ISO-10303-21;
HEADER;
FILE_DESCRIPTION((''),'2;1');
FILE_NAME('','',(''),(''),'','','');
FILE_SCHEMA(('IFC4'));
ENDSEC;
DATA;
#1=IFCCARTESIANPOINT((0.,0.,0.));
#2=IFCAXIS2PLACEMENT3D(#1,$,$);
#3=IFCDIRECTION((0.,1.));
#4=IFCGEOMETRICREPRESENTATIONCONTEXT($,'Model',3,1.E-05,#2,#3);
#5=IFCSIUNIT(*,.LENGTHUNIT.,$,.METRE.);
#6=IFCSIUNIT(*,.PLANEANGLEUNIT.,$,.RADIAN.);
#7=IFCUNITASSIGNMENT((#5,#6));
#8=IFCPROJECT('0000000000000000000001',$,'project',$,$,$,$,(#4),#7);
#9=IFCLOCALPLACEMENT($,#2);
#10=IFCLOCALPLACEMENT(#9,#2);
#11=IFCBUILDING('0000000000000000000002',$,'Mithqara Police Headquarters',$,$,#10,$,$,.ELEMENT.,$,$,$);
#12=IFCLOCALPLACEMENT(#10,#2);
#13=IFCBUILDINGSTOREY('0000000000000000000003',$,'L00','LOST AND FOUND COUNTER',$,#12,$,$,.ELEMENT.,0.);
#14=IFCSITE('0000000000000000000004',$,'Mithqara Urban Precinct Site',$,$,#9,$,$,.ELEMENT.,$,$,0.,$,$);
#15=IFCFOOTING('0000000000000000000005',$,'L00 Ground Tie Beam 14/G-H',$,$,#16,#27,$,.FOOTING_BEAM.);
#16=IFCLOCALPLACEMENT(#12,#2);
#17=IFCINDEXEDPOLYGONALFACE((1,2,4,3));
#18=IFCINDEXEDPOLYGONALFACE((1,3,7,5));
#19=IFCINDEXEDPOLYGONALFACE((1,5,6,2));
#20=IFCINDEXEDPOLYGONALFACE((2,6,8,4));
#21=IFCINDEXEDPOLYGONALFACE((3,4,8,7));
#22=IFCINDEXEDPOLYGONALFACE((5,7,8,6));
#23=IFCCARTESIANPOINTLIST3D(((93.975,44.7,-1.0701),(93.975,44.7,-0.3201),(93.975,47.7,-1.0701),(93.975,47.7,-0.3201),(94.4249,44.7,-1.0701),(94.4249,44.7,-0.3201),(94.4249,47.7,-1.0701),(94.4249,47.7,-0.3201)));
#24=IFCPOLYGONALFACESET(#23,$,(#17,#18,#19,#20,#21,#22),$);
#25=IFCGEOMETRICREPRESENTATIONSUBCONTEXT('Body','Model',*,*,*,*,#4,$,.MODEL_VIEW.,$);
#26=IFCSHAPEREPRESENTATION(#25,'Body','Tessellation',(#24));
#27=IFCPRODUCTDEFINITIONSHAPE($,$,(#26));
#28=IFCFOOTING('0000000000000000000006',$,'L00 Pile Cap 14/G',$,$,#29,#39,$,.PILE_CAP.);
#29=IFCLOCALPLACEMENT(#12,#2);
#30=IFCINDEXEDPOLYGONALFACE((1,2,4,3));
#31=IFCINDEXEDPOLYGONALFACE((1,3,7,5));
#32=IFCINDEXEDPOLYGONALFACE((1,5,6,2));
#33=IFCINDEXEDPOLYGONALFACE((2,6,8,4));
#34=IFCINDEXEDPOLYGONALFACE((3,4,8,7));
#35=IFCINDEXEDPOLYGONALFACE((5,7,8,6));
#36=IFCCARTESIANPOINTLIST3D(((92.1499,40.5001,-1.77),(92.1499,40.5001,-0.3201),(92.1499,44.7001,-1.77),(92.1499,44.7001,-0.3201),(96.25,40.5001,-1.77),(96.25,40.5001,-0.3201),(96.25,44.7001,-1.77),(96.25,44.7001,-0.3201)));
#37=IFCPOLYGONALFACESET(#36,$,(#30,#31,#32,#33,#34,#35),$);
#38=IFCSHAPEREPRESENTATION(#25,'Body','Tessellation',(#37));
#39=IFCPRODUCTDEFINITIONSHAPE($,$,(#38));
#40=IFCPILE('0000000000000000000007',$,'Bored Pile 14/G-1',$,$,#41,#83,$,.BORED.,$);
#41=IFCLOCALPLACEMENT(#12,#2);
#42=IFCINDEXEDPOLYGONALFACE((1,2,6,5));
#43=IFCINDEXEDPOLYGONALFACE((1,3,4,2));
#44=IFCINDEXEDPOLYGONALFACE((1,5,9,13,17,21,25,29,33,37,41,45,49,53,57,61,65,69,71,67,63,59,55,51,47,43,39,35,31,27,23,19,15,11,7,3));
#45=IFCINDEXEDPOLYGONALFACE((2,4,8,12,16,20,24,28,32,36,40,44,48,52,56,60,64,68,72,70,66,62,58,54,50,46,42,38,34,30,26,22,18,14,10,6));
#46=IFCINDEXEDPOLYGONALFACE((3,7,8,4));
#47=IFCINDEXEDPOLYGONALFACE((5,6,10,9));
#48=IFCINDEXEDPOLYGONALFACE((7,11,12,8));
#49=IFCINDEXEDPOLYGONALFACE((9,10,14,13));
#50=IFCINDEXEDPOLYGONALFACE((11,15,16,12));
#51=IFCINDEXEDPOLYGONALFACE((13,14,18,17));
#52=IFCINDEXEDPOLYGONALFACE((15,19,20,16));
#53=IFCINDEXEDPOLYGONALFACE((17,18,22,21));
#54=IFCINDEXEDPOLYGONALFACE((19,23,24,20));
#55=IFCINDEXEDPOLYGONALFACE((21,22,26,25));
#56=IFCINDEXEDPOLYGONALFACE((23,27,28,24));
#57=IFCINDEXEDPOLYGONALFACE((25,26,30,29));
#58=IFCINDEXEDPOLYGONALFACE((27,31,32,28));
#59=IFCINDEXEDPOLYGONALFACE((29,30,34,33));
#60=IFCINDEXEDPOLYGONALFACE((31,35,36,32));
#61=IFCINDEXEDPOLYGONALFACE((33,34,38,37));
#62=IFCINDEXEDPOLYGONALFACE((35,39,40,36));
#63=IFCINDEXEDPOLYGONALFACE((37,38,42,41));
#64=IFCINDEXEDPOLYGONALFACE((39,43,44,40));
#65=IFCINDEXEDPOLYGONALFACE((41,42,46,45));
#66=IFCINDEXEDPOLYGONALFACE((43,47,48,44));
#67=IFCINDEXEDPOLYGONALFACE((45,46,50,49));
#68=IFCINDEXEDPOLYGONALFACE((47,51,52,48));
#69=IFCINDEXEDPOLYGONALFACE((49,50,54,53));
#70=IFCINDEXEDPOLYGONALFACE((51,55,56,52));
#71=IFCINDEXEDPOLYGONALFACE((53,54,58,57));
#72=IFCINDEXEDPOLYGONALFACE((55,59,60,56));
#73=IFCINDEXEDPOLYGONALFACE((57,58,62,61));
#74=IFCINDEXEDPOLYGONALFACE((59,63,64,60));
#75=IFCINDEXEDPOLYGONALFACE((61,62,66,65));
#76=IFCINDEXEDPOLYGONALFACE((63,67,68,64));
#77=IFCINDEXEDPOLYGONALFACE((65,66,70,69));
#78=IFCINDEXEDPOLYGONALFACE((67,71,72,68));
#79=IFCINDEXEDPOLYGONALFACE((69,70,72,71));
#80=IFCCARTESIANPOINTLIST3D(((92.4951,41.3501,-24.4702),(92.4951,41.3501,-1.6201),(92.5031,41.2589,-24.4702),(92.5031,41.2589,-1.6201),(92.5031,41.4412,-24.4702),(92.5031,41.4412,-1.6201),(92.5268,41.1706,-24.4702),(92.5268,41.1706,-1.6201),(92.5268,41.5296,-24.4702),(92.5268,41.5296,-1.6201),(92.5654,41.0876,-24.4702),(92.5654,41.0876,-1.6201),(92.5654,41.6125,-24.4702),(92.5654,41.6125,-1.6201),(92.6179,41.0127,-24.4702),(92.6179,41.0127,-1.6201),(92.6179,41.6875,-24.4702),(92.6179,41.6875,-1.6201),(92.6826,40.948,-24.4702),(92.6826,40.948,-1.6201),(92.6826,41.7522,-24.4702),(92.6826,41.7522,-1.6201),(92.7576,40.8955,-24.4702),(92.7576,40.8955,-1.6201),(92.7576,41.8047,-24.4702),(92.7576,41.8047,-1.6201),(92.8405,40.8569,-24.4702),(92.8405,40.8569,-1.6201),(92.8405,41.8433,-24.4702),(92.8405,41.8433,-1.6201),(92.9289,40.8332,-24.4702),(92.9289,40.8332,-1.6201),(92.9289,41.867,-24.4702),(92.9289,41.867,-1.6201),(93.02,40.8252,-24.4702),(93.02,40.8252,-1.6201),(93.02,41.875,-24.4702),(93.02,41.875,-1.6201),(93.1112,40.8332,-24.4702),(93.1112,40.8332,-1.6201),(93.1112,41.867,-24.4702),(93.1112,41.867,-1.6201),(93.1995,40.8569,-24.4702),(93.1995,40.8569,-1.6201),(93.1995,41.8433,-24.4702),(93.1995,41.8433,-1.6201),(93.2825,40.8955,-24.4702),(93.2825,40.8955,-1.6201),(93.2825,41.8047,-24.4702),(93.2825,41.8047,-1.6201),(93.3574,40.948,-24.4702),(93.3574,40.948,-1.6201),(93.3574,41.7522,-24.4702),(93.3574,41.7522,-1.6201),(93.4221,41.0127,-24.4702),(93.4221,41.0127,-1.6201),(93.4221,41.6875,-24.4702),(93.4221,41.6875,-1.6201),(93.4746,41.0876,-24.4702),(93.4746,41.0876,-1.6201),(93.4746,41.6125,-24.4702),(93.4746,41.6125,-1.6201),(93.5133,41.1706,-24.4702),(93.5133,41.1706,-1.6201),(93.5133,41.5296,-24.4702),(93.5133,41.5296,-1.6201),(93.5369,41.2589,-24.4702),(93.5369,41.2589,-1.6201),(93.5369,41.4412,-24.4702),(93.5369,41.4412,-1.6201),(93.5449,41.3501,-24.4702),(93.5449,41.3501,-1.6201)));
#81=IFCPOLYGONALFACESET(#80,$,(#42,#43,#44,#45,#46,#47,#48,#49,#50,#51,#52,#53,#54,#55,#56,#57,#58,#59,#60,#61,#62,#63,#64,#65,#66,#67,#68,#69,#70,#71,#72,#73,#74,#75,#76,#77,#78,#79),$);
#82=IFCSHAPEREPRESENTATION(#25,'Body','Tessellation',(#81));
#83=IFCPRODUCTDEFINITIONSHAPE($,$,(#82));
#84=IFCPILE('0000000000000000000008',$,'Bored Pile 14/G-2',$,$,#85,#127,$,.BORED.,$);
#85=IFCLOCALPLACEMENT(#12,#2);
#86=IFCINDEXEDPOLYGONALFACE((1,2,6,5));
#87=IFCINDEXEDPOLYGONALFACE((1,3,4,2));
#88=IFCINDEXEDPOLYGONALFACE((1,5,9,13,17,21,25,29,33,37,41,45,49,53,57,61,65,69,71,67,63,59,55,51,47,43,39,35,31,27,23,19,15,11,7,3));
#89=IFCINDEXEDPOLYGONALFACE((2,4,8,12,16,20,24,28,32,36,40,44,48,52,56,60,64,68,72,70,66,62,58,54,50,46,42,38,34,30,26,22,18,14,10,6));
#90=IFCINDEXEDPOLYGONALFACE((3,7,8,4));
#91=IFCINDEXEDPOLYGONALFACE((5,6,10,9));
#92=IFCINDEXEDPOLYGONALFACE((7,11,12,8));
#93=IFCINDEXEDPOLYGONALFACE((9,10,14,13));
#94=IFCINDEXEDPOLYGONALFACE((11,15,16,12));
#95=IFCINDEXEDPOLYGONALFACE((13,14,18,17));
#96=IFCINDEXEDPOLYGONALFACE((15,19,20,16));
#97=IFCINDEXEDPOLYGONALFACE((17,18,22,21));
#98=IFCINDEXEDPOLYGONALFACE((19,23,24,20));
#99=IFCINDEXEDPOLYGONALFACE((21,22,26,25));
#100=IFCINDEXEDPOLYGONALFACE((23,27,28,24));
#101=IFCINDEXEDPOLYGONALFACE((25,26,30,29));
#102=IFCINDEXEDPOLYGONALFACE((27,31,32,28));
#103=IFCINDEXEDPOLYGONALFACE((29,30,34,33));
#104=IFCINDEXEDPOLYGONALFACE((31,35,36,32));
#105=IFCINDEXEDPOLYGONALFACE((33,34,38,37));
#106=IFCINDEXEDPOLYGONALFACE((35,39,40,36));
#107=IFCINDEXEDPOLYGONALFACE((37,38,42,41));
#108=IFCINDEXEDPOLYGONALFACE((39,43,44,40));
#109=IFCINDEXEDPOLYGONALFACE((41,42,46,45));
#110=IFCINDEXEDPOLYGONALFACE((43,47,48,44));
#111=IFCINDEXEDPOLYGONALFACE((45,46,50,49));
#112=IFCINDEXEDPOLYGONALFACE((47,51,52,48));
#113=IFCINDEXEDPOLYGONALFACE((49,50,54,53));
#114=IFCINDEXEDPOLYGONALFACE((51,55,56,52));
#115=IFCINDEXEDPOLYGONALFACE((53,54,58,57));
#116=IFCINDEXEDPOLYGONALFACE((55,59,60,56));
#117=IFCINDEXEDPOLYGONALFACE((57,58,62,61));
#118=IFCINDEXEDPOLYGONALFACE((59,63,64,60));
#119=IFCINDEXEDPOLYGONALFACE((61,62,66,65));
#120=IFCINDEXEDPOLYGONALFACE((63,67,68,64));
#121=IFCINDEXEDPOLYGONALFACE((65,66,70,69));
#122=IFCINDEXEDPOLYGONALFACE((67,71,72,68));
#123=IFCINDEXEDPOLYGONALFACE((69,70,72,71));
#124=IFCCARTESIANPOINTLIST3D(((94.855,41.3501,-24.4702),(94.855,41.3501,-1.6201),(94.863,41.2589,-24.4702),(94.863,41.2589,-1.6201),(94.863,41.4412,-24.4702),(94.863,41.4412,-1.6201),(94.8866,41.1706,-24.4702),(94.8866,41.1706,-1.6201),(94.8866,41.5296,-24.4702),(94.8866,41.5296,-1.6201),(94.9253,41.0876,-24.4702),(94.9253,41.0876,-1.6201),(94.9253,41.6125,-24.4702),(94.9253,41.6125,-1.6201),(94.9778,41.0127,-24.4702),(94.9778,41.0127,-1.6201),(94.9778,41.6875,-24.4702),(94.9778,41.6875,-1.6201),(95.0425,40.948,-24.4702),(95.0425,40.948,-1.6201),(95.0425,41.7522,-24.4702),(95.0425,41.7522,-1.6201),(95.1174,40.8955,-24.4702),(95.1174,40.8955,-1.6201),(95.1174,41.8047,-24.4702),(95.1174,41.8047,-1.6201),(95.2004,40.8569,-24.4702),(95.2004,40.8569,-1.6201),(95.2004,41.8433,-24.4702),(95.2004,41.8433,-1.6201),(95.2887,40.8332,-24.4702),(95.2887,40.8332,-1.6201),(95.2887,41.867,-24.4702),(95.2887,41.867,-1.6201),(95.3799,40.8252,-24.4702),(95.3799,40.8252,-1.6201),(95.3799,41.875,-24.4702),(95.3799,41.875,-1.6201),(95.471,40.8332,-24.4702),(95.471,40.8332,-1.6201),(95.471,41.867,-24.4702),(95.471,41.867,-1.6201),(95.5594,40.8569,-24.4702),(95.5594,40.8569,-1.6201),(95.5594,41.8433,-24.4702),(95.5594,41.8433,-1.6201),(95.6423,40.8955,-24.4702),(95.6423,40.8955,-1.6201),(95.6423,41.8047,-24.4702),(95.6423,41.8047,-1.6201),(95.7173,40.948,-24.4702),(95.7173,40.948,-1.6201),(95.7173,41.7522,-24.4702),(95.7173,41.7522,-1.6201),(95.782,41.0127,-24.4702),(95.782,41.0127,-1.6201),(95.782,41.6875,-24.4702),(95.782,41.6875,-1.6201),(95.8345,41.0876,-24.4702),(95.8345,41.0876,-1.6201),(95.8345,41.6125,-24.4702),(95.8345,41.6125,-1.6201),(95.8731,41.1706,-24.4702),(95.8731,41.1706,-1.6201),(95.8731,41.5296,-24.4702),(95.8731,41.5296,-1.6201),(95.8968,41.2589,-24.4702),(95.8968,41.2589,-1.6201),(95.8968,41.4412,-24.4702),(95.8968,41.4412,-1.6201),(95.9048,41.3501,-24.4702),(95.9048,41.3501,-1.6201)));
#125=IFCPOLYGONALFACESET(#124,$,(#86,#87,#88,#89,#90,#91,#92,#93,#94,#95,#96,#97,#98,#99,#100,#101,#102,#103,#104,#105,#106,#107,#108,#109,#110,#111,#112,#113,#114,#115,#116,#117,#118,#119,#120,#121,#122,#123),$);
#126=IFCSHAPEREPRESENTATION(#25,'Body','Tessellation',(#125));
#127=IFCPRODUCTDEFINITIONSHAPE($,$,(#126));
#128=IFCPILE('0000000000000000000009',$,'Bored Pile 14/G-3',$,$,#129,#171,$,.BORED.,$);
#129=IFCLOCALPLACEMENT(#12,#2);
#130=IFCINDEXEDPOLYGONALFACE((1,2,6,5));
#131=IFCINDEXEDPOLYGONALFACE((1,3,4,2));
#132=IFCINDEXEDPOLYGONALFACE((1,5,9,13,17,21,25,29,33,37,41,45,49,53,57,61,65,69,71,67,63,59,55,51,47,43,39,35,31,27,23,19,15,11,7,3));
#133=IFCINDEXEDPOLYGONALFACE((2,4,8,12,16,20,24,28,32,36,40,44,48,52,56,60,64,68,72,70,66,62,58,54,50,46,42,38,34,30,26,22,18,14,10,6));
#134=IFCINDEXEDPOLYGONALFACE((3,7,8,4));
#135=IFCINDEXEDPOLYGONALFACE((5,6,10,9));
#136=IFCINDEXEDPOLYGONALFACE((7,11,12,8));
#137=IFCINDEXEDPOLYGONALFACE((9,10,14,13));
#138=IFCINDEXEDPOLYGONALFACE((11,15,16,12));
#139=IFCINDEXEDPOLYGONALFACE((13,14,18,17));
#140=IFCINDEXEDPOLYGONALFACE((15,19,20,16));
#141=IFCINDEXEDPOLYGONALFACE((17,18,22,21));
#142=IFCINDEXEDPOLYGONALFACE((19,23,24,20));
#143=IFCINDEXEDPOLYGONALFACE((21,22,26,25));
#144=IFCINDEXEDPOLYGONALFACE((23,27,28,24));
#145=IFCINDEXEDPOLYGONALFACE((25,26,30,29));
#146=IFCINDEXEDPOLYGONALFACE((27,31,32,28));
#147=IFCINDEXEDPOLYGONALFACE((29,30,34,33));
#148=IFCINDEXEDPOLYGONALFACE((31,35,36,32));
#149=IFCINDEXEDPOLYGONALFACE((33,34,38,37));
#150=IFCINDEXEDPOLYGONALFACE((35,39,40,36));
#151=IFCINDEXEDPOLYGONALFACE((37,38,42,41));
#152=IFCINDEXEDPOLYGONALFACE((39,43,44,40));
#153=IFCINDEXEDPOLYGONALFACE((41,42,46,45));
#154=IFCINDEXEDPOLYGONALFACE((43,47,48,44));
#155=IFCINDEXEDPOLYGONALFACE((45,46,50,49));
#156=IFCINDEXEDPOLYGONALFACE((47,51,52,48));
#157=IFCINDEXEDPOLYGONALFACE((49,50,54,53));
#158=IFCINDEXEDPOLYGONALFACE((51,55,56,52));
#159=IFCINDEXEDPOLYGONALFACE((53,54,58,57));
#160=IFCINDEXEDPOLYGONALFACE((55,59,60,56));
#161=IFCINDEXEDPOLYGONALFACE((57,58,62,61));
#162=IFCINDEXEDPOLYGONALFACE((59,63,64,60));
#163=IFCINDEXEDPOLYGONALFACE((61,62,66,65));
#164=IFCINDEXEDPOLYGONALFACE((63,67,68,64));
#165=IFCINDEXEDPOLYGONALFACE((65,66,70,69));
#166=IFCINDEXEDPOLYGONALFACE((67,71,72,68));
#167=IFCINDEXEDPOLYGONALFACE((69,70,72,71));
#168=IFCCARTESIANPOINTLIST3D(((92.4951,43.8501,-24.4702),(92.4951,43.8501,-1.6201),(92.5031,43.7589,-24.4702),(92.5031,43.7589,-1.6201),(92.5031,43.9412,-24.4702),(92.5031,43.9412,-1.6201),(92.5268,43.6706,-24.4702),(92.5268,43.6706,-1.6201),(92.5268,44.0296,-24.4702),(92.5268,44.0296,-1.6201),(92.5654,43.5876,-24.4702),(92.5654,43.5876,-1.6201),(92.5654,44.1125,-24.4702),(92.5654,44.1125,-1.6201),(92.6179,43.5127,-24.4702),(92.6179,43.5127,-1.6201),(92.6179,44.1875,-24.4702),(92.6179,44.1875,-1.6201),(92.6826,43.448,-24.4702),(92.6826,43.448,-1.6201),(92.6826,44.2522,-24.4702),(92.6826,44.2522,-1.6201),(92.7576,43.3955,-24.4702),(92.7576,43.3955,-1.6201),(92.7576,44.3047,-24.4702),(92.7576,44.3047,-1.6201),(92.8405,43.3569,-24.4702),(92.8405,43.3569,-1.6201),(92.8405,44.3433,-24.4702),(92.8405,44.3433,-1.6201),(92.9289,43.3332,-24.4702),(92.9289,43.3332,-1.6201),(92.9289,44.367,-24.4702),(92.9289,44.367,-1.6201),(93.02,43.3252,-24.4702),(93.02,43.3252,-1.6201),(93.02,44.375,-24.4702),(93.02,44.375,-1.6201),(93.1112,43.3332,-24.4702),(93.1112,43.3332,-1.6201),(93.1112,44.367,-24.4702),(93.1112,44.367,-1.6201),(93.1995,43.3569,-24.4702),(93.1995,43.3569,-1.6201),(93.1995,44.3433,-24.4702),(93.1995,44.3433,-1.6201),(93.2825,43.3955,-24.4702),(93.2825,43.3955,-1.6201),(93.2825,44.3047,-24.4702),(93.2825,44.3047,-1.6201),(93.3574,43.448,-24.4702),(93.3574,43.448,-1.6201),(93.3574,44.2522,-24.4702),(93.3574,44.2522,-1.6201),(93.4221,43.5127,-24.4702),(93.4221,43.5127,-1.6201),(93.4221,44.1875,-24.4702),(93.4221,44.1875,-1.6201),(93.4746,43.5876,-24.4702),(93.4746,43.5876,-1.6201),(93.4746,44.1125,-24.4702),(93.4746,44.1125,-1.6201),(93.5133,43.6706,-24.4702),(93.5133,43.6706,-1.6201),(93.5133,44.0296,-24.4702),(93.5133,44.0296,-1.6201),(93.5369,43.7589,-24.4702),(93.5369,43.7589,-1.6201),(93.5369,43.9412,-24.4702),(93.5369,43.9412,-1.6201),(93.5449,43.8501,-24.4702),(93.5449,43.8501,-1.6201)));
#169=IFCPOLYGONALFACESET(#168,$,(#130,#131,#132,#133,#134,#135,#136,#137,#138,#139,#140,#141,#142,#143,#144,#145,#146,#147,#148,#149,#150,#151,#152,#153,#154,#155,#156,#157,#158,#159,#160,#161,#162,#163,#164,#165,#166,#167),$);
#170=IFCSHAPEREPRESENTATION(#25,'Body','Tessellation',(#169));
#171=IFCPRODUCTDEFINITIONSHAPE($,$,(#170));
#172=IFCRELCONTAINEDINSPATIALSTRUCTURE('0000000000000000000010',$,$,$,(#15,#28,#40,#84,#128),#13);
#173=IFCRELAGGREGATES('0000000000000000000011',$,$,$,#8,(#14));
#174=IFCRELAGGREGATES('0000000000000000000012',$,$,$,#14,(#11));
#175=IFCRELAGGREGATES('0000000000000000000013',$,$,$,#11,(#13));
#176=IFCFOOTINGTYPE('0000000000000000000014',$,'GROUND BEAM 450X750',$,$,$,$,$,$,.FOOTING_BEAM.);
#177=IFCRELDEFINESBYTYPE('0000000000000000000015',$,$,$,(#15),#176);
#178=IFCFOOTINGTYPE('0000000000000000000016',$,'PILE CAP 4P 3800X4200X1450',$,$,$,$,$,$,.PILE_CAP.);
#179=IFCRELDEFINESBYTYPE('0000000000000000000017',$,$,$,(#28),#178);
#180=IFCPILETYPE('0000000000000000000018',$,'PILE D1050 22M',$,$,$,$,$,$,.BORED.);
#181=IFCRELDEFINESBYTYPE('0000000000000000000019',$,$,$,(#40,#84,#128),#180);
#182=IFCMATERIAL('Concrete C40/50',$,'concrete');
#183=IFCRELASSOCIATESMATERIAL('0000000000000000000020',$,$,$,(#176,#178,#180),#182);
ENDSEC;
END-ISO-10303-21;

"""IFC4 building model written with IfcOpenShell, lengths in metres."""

from ifc_helpers import new_model, si_unit, direction, frame, origin, origin_2d, place, context, subcontext, project, spatial, rectangle, circle, extrude, material, material_profile, profile_set, type_object, element, save


model = new_model("IFC4")

# Units and contexts
model_context = context("Model", 3, precision=1e-05, world=origin(), true_north=direction((0.0, 1.0)))
body_context = subcontext(model_context, "Body", "Model", "MODEL_VIEW")
ifc_project = project(units=[si_unit("LENGTHUNIT", "METRE"), si_unit("PLANEANGLEUNIT", "RADIAN")], contexts=[model_context])

# Site, building, storey
site_placement = place(None, origin())
site = spatial("IfcSite", under=ifc_project, at=site_placement, Name="Mithqara Urban Precinct Site", CompositionType="ELEMENT", RefElevation=0.0)
building_placement = place(site_placement, origin())
building = spatial("IfcBuilding", under=site, at=building_placement, Name="Mithqara Police Headquarters", CompositionType="ELEMENT")
storey_placement = place(building_placement, origin())
storey = spatial("IfcBuildingStorey", under=building, at=storey_placement, Name="L00", Description="LOST AND FOUND COUNTER", CompositionType="ELEMENT", Elevation=0.0)

# Footings
ifc_material_1 = material(Name="Concrete C40/50", Category="concrete")
footing_type_1 = type_object("IfcFootingType", Name="GROUND BEAM 450X750", PredefinedType="FOOTING_BEAM", material=ifc_material_1)
footing_1_placement = place(storey_placement, frame((94.2, 46.2, -1.0701), z_axis=(0.0, 0.0, 1.0), x_axis=(1.0, 0.0, 0.0)))
element("IfcFooting", 1, at=footing_1_placement, inside=storey, type_object=footing_type_1, Name="L00 Ground Tie Beam 14/G-H", PredefinedType="FOOTING_BEAM", context=body_context, shape_type="SweptSolid", body=[
    extrude(rectangle(XDim=0.45, YDim=3.0, at=origin_2d()), origin(), (0.0, 0.0, 1.0), 0.75),
])
footing_type_2 = type_object("IfcFootingType", Name="PILE CAP 4P 3800X4200X1450", PredefinedType="PILE_CAP", material=ifc_material_1)
footing_2_placement = place(storey_placement, frame((94.2, 42.6001, -1.77), z_axis=(0.0, 0.0, 1.0), x_axis=(1.0, 0.0, 0.0)))
element("IfcFooting", 2, at=footing_2_placement, inside=storey, type_object=footing_type_2, Name="L00 Pile Cap 14/G", PredefinedType="PILE_CAP", context=body_context, shape_type="SweptSolid", body=[
    extrude(rectangle(XDim=4.1001, YDim=4.2, at=origin_2d()), origin(), (0.0, 0.0, 1.0), 1.45),
])

# Piles
ifc_material_profile_1 = material_profile(ifc_material_1, circle(Radius=0.5249, at=origin_2d()), Name="PILE D1050")
ifc_profile_set_1 = profile_set([ifc_material_profile_1], Name="Concrete C40/50")
pile_type = type_object("IfcPileType", Name="PILE D1050 22M", PredefinedType="BORED", material=ifc_profile_set_1)
for number, where, z_axis, x_axis, name in (
    (3, (93.02, 41.3501, -1.6201), (0.0, 0.0, -1.0), (1.0, 0.0, 0.0), "Bored Pile 14/G-1"),
    (4, (95.3799, 41.3501, -1.6201), (0.0, 0.0, -1.0), (1.0, 0.0, 0.0), "Bored Pile 14/G-2"),
    (5, (93.02, 43.8501, -1.6201), (0.0, 0.0, -1.0), (1.0, 0.0, 0.0), "Bored Pile 14/G-3"),
):
    element("IfcPile", number, at=place(storey_placement, frame(where, z_axis=z_axis, x_axis=x_axis)), inside=storey, type_object=pile_type, Name=name, PredefinedType="BORED", context=body_context, shape_type="SweptSolid", body=[
        extrude(circle(Radius=0.5249, at=origin_2d()), origin(), (0.0, 0.0, 1.0), 22.8501),
    ])

save(model, "model.ifc")
